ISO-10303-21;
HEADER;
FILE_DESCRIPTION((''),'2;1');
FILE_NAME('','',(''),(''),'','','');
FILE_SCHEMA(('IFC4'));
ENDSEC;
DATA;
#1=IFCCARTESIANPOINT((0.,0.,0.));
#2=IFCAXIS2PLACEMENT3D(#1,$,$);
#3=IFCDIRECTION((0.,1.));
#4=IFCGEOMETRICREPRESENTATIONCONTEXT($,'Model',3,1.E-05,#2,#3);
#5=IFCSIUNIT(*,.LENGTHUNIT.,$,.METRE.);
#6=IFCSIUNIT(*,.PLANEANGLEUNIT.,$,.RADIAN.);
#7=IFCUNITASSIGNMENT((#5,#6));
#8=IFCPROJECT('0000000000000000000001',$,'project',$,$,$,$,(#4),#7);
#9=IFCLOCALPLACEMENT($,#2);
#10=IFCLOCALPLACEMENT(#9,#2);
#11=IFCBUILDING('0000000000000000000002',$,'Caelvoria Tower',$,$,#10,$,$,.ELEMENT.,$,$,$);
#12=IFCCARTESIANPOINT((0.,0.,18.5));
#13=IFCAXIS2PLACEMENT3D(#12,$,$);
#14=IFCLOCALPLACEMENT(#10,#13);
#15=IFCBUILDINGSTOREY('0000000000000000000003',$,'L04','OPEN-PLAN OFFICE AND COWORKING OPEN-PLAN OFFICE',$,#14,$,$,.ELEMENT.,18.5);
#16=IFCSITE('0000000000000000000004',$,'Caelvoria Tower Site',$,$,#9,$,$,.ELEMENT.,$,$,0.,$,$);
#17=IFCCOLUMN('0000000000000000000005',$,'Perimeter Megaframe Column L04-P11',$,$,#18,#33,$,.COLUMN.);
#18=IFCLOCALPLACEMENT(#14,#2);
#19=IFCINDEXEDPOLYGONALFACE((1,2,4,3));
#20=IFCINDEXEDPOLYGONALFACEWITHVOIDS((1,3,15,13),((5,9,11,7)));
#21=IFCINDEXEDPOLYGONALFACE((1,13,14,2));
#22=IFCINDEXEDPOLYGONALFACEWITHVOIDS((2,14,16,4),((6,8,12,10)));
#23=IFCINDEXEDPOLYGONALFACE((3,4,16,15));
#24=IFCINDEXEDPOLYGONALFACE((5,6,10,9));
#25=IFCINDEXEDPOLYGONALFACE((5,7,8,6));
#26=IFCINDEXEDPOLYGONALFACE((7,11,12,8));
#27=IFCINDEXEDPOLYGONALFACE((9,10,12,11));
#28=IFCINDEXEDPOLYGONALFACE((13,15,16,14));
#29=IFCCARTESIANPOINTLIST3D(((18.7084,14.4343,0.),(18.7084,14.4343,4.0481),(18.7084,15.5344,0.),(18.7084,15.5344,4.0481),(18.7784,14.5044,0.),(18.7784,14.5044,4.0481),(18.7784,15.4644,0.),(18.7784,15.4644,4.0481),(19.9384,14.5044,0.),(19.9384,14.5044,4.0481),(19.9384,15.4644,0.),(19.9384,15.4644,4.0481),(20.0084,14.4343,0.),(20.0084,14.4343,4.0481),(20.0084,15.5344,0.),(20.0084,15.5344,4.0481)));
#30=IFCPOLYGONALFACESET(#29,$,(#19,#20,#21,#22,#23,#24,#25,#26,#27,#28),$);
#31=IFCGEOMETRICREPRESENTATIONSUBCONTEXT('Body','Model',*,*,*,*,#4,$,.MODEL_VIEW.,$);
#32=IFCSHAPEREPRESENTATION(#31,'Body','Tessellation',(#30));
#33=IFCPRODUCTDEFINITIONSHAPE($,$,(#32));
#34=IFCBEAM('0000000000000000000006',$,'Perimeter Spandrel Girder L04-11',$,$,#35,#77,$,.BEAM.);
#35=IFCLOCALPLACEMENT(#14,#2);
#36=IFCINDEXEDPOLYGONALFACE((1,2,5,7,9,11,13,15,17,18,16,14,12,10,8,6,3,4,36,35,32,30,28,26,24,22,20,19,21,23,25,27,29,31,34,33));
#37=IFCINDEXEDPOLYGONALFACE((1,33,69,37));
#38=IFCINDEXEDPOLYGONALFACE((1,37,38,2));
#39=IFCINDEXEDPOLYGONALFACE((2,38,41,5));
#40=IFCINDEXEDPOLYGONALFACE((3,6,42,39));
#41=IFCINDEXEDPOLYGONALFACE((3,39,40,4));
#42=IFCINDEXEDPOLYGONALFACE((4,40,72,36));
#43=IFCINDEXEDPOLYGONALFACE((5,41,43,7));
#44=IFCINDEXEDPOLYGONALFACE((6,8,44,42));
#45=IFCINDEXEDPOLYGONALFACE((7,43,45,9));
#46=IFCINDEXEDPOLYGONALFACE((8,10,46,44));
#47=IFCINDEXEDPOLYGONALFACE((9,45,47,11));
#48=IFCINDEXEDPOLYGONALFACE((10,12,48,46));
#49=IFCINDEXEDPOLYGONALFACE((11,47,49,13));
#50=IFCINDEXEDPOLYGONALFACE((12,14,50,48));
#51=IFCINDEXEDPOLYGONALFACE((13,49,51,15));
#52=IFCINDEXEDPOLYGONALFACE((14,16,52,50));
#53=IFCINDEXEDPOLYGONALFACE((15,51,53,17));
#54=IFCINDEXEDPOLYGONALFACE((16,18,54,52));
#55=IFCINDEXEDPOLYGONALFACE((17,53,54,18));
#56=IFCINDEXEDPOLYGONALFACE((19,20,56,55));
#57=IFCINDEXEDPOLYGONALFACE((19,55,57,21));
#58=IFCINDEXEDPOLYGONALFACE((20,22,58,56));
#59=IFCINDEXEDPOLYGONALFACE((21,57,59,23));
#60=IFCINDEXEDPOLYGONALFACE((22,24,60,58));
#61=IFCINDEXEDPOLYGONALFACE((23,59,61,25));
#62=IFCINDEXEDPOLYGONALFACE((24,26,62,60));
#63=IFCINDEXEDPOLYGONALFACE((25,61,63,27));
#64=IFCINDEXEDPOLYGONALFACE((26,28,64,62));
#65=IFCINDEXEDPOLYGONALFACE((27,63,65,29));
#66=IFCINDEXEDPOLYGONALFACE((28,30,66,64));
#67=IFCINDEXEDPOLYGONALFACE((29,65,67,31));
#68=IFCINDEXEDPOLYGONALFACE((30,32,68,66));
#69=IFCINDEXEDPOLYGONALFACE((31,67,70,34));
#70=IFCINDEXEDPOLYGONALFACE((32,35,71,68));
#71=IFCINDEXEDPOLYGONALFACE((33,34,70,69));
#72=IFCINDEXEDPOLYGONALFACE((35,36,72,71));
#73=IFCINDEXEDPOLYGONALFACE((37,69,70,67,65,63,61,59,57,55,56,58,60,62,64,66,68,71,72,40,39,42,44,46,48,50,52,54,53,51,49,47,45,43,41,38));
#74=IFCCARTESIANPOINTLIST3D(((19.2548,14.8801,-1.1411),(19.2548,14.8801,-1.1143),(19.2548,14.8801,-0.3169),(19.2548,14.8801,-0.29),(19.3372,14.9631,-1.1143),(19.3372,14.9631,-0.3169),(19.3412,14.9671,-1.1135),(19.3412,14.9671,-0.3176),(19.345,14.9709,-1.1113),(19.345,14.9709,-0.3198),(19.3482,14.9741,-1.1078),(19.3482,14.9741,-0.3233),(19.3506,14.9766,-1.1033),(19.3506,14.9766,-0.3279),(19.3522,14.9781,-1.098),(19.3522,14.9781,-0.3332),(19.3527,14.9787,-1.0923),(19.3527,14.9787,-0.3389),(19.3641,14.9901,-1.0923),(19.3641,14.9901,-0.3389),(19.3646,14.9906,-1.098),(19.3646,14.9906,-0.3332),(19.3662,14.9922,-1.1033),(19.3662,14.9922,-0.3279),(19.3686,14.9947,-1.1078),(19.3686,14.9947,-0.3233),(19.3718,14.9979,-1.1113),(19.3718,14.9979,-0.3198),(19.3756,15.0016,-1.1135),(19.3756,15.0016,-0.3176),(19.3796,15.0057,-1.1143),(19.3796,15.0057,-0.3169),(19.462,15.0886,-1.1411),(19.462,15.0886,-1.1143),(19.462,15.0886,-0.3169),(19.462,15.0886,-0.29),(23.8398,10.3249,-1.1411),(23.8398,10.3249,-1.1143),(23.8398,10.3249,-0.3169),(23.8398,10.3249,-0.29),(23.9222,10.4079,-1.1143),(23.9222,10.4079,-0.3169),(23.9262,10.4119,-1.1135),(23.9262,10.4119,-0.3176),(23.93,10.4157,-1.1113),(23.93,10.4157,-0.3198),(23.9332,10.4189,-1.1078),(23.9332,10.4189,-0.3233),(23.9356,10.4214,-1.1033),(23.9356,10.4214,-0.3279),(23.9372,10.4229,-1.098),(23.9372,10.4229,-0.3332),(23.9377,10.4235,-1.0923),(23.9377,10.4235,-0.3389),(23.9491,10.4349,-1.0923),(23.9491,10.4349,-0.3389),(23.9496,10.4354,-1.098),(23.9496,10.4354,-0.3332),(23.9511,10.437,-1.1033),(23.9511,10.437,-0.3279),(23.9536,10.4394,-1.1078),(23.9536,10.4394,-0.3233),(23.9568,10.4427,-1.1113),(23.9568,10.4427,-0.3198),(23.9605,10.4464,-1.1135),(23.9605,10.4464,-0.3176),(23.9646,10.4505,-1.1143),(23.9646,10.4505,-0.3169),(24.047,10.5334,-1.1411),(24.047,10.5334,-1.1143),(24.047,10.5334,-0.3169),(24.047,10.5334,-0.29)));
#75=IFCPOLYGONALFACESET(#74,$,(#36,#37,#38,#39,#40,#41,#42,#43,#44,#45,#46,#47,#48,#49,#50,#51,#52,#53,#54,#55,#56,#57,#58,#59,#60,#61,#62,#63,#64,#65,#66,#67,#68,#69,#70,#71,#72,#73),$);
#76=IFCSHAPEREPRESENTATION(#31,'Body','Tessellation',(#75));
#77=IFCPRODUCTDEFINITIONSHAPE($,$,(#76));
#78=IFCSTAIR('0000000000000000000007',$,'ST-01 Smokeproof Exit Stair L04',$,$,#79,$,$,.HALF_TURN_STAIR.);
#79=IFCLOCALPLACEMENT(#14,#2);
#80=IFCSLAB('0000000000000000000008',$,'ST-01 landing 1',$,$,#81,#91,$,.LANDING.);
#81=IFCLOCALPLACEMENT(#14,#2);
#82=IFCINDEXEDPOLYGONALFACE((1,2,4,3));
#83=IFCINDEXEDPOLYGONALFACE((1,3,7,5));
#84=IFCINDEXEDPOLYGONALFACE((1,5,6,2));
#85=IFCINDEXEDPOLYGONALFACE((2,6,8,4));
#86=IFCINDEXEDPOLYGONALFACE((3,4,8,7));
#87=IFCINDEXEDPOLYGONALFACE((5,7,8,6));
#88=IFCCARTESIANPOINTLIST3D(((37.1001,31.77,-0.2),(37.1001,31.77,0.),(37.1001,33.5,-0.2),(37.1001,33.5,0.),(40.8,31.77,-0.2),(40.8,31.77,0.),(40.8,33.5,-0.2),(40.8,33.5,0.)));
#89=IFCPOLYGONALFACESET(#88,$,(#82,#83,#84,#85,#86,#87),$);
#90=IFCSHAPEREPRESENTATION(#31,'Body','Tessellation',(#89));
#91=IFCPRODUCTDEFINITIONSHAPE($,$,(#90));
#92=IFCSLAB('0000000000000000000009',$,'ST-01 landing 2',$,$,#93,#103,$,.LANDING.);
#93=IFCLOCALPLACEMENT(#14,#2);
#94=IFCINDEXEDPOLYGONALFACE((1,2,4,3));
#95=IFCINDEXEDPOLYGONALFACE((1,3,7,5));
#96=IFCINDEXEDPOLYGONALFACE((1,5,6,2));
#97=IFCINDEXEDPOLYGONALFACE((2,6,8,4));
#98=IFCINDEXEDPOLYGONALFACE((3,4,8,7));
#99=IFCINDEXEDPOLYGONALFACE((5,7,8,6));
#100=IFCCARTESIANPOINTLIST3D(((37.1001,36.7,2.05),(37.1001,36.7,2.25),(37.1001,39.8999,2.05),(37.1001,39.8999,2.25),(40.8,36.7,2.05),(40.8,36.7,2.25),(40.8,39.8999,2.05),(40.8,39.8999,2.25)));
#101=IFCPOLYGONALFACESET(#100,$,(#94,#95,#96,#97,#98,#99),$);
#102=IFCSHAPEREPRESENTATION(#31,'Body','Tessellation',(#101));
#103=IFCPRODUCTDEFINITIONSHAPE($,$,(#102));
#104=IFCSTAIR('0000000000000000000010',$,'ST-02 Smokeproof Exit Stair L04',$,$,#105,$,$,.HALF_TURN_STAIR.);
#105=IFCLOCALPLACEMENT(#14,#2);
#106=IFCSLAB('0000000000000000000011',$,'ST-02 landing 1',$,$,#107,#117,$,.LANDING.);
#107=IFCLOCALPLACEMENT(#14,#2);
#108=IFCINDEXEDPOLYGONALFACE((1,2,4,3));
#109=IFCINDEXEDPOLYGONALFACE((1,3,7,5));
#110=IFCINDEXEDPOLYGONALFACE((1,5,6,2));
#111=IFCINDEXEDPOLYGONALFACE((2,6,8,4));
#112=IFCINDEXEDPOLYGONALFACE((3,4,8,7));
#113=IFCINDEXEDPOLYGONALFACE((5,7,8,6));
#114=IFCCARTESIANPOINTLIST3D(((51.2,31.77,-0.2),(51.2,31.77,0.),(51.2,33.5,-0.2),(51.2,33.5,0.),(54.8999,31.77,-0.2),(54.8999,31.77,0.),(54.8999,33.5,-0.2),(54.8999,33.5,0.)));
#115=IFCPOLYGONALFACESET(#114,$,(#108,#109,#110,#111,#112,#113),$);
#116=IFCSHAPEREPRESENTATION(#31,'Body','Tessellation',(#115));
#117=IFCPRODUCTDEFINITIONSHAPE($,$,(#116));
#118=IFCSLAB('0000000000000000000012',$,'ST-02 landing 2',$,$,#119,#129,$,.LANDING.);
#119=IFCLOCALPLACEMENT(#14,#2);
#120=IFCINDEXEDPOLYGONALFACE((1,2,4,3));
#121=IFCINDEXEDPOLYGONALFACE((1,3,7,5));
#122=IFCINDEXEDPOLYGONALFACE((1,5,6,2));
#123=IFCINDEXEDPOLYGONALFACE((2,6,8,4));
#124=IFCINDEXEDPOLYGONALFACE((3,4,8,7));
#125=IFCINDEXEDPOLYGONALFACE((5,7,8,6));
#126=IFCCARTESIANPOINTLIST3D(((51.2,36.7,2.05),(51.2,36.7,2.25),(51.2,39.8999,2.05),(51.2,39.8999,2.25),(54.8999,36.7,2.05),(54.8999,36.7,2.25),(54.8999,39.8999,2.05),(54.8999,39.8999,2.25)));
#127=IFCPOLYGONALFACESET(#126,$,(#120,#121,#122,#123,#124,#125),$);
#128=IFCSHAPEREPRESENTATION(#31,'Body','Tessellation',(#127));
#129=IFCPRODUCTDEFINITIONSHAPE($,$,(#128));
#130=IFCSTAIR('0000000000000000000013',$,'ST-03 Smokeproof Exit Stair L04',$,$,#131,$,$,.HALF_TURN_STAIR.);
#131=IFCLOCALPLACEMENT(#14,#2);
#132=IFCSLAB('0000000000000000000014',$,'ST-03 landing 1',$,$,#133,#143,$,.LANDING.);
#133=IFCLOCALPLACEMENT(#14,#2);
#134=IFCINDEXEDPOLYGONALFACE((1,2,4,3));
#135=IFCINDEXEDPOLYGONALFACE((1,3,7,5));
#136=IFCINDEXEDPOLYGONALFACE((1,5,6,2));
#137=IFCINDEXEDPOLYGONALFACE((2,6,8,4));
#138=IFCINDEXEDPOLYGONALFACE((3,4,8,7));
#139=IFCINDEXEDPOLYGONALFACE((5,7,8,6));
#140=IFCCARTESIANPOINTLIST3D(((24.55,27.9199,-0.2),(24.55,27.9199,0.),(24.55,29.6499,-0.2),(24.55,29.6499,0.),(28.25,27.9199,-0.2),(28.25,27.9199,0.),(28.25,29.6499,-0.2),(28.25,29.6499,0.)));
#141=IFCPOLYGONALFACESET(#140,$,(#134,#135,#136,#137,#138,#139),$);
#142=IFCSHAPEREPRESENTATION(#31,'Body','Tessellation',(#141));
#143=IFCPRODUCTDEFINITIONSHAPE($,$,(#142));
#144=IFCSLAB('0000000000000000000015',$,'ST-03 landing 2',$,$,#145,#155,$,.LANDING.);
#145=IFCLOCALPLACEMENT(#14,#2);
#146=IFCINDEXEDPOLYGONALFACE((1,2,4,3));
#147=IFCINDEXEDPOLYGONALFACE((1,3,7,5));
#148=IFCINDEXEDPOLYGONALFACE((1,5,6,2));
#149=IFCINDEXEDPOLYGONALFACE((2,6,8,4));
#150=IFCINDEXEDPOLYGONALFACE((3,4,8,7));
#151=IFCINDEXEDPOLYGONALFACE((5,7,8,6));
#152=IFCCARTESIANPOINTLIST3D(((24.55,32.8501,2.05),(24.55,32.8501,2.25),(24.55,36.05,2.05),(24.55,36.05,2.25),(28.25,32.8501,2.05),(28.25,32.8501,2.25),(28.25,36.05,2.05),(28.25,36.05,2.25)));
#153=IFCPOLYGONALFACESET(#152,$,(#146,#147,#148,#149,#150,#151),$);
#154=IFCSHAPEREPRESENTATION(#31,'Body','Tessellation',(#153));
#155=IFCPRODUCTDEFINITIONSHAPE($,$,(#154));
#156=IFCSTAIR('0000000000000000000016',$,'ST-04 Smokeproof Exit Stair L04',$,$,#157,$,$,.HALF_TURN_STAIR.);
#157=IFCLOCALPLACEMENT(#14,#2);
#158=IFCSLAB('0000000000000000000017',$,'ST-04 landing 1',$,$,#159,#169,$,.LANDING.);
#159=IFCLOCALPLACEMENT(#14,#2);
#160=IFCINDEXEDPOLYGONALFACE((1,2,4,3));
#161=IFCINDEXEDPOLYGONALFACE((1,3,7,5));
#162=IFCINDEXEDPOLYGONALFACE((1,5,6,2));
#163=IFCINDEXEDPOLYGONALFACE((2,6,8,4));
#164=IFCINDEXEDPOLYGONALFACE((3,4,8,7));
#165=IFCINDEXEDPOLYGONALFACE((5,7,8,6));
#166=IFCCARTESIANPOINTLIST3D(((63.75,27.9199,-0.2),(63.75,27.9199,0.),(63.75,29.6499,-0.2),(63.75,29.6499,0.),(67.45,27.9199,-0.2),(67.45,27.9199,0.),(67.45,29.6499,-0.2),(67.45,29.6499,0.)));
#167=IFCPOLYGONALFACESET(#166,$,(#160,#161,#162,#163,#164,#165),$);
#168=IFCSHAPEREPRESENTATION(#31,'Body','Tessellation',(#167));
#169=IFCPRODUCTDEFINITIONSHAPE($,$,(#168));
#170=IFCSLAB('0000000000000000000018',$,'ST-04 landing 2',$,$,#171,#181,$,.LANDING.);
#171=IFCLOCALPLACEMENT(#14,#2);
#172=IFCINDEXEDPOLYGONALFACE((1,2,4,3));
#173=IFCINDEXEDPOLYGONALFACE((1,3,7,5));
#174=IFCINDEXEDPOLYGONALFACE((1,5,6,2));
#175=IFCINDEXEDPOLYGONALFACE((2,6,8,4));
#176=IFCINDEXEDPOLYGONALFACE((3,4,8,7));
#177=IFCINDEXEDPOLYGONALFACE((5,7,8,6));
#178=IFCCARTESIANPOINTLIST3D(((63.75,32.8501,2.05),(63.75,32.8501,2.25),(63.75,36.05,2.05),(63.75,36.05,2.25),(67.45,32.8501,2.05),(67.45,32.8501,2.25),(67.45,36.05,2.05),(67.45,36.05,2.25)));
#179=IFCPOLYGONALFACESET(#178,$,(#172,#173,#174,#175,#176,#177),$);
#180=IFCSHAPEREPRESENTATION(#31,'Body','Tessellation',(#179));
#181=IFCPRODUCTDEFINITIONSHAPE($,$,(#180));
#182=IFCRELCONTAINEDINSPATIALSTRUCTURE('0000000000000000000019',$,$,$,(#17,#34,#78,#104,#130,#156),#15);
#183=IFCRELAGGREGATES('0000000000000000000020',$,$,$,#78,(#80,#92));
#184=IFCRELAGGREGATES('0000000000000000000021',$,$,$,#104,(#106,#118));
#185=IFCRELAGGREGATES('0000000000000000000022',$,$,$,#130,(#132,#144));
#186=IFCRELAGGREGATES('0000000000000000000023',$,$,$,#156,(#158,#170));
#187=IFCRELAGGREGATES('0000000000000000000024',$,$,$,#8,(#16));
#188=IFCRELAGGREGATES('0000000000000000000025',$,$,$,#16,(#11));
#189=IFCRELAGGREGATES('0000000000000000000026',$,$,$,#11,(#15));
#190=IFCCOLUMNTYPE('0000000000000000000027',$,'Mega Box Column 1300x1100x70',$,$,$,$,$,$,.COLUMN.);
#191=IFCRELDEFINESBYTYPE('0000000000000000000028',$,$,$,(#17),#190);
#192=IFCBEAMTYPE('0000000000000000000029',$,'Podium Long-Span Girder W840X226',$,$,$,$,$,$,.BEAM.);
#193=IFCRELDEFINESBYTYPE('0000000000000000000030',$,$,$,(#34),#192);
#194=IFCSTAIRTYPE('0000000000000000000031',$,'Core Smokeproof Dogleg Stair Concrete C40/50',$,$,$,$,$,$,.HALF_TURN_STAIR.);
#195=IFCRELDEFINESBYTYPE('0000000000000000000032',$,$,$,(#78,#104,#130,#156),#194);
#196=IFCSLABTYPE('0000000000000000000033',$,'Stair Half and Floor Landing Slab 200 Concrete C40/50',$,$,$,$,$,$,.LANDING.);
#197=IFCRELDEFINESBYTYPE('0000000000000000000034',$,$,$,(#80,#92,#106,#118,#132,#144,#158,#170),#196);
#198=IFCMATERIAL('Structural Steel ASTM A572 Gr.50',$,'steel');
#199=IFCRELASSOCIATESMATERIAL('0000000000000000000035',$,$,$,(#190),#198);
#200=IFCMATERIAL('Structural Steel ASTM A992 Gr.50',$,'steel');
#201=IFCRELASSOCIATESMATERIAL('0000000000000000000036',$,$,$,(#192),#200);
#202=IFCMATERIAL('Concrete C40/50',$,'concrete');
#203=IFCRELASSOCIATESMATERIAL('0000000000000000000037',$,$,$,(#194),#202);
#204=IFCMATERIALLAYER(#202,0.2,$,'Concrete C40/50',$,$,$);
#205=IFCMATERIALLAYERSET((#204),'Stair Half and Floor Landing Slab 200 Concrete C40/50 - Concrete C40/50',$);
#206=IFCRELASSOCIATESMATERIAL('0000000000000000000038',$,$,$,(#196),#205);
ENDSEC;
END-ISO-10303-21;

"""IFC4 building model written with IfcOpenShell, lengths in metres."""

from ifc_helpers import new_model, si_unit, direction, frame, origin, origin_2d, place, context, subcontext, project, spatial, polyline, hollow_rectangle, i_section, outline, extrude, material, layer, layer_set, material_profile, profile_set, type_object, element, aggregate, save


model = new_model("IFC4")

# Units and contexts
model_context = context("Model", 3, precision=1e-05, world=origin(), true_north=direction((0.0, 1.0)))
body_context = subcontext(model_context, "Body", "Model", "MODEL_VIEW")
ifc_project = project(units=[si_unit("LENGTHUNIT", "METRE"), si_unit("PLANEANGLEUNIT", "RADIAN")], contexts=[model_context])

# Site, building, storey
site_placement = place(None, origin())
site = spatial("IfcSite", under=ifc_project, at=site_placement, Name="Caelvoria Tower Site", CompositionType="ELEMENT", RefElevation=0.0)
building_placement = place(site_placement, origin())
building = spatial("IfcBuilding", under=site, at=building_placement, Name="Caelvoria Tower", CompositionType="ELEMENT")
storey_placement = place(building_placement, frame((0.0, 0.0, 18.5)))
storey = spatial("IfcBuildingStorey", under=building, at=storey_placement, Name="L04", Description="OPEN-PLAN OFFICE AND COWORKING OPEN-PLAN OFFICE", CompositionType="ELEMENT", Elevation=18.5)

# Column
ifc_material_1 = material(Name="Structural Steel ASTM A572 Gr.50", Category="steel")
ifc_material_profile_1 = material_profile(ifc_material_1, hollow_rectangle(XDim=1.1001, YDim=1.3, WallThickness=0.0701, at=origin_2d()), Name="Structural Steel ASTM A572 Gr.50")
ifc_profile_set_1 = profile_set([ifc_material_profile_1], Name="BOX1300X1100X70 - Structural Steel ASTM A572 Gr.50")
column_type = type_object("IfcColumnType", Name="Mega Box Column 1300x1100x70", PredefinedType="COLUMN", material=ifc_profile_set_1)
column_placement = place(storey_placement, frame((19.3584, 14.9844, 0.0), z_axis=(0.0, 0.0, 1.0), x_axis=(0.0, 1.0, 0.0)))
element("IfcColumn", 1, at=column_placement, inside=storey, type_object=column_type, Name="Perimeter Megaframe Column L04-P11", PredefinedType="COLUMN", context=body_context, shape_type="SweptSolid", body=[
    extrude(hollow_rectangle(XDim=1.1001, YDim=1.3, WallThickness=0.0701, at=origin_2d()), origin(), (0.0, 0.0, 1.0), 4.0481),
])

# Beam
ifc_material_2 = material(Name="Structural Steel ASTM A992 Gr.50", Category="steel")
ifc_material_profile_2 = material_profile(ifc_material_2, i_section(OverallWidth=0.2939, OverallDepth=0.8511, WebThickness=0.0161, FlangeThickness=0.0269, FilletRadius=0.022, at=origin_2d()), Name="Structural Steel ASTM A992 Gr.50")
ifc_profile_set_2 = profile_set([ifc_material_profile_2], Name="W840X226 - Structural Steel ASTM A992 Gr.50")
beam_type = type_object("IfcBeamType", Name="Podium Long-Span Girder W840X226", PredefinedType="BEAM", material=ifc_profile_set_2)
beam_placement = place(storey_placement, frame((19.3584, 14.9844, -0.7156), z_axis=(0.709407, -0.704799, 0.0), x_axis=(0.704799, 0.709407, 0.0)))
element("IfcBeam", 2, at=beam_placement, inside=storey, type_object=beam_type, Name="Perimeter Spandrel Girder L04-11", PredefinedType="BEAM", context=body_context, shape_type="SweptSolid", body=[
    extrude(i_section(OverallWidth=0.2939, OverallDepth=0.8511, WebThickness=0.0161, FlangeThickness=0.0269, FilletRadius=0.022, at=origin_2d()), origin(), (0.0, 0.0, 1.0), 6.4631),
])

# Stairs, slabs
ifc_material_3 = material(Name="Concrete C40/50", Category="concrete")
stair_type = type_object("IfcStairType", Name="Core Smokeproof Dogleg Stair Concrete C40/50", PredefinedType="HALF_TURN_STAIR", material=ifc_material_3)
stair_1_placement = place(storey_placement, origin())
stair_1 = element("IfcStair", 3, at=stair_1_placement, inside=storey, type_object=stair_type, Name="ST-01 Smokeproof Exit Stair L04", PredefinedType="HALF_TURN_STAIR")
ifc_layer_1 = layer(ifc_material_3, 0.2, Name="Concrete C40/50")
ifc_layer_set_1 = layer_set([ifc_layer_1], Name="Stair Half and Floor Landing Slab 200 Concrete C40/50 - Concrete C40/50")
slab_type_1 = type_object("IfcSlabType", Name="Stair Half and Floor Landing Slab 200 Concrete C40/50", PredefinedType="LANDING", material=ifc_layer_set_1)
slab_1_placement = place(storey_placement, frame((0.0, 0.0, -0.2)))
slab_1 = element("IfcSlab", 4, at=slab_1_placement, type_object=slab_type_1, Name="ST-01 landing 1", PredefinedType="LANDING", context=body_context, shape_type="SweptSolid", body=[
    extrude(outline(polyline([(37.1001, 31.77), (40.8, 31.77), (40.8, 33.5), (37.1001, 33.5), (37.1001, 31.77)])), origin(), (0.0, 0.0, 1.0), 0.2),
])
slab_2_placement = place(storey_placement, frame((0.0, 0.0, 2.05)))
slab_2 = element("IfcSlab", 5, at=slab_2_placement, type_object=slab_type_1, Name="ST-01 landing 2", PredefinedType="LANDING", context=body_context, shape_type="SweptSolid", body=[
    extrude(outline(polyline([(37.1001, 36.7), (40.8, 36.7), (40.8, 39.8999), (37.1001, 39.8999), (37.1001, 36.7)])), origin(), (0.0, 0.0, 1.0), 0.2),
])
aggregate(stair_1, [slab_1, slab_2])
stair_2_placement = place(storey_placement, origin())
stair_2 = element("IfcStair", 6, at=stair_2_placement, inside=storey, type_object=stair_type, Name="ST-02 Smokeproof Exit Stair L04", PredefinedType="HALF_TURN_STAIR")
slab_3_placement = place(storey_placement, frame((0.0, 0.0, -0.2)))
slab_3 = element("IfcSlab", 7, at=slab_3_placement, type_object=slab_type_1, Name="ST-02 landing 1", PredefinedType="LANDING", context=body_context, shape_type="SweptSolid", body=[
    extrude(outline(polyline([(51.2, 31.77), (54.8999, 31.77), (54.8999, 33.5), (51.2, 33.5), (51.2, 31.77)])), origin(), (0.0, 0.0, 1.0), 0.2),
])
slab_4_placement = place(storey_placement, frame((0.0, 0.0, 2.05)))
slab_4 = element("IfcSlab", 8, at=slab_4_placement, type_object=slab_type_1, Name="ST-02 landing 2", PredefinedType="LANDING", context=body_context, shape_type="SweptSolid", body=[
    extrude(outline(polyline([(51.2, 36.7), (54.8999, 36.7), (54.8999, 39.8999), (51.2, 39.8999), (51.2, 36.7)])), origin(), (0.0, 0.0, 1.0), 0.2),
])
aggregate(stair_2, [slab_3, slab_4])
stair_3_placement = place(storey_placement, origin())
stair_3 = element("IfcStair", 9, at=stair_3_placement, inside=storey, type_object=stair_type, Name="ST-03 Smokeproof Exit Stair L04", PredefinedType="HALF_TURN_STAIR")
slab_5_placement = place(storey_placement, frame((0.0, 0.0, -0.2)))
slab_5 = element("IfcSlab", 10, at=slab_5_placement, type_object=slab_type_1, Name="ST-03 landing 1", PredefinedType="LANDING", context=body_context, shape_type="SweptSolid", body=[
    extrude(outline(polyline([(24.55, 27.9199), (28.25, 27.9199), (28.25, 29.6499), (24.55, 29.6499), (24.55, 27.9199)])), origin(), (0.0, 0.0, 1.0), 0.2),
])
slab_6_placement = place(storey_placement, frame((0.0, 0.0, 2.05)))
slab_6 = element("IfcSlab", 11, at=slab_6_placement, type_object=slab_type_1, Name="ST-03 landing 2", PredefinedType="LANDING", context=body_context, shape_type="SweptSolid", body=[
    extrude(outline(polyline([(24.55, 32.8501), (28.25, 32.8501), (28.25, 36.05), (24.55, 36.05), (24.55, 32.8501)])), origin(), (0.0, 0.0, 1.0), 0.2),
])
aggregate(stair_3, [slab_5, slab_6])
stair_4_placement = place(storey_placement, origin())
stair_4 = element("IfcStair", 12, at=stair_4_placement, inside=storey, type_object=stair_type, Name="ST-04 Smokeproof Exit Stair L04", PredefinedType="HALF_TURN_STAIR")
slab_7_placement = place(storey_placement, frame((0.0, 0.0, -0.2)))
slab_7 = element("IfcSlab", 13, at=slab_7_placement, type_object=slab_type_1, Name="ST-04 landing 1", PredefinedType="LANDING", context=body_context, shape_type="SweptSolid", body=[
    extrude(outline(polyline([(63.75, 27.9199), (67.45, 27.9199), (67.45, 29.6499), (63.75, 29.6499), (63.75, 27.9199)])), origin(), (0.0, 0.0, 1.0), 0.2),
])
slab_8_placement = place(storey_placement, frame((0.0, 0.0, 2.05)))
slab_8 = element("IfcSlab", 14, at=slab_8_placement, type_object=slab_type_1, Name="ST-04 landing 2", PredefinedType="LANDING", context=body_context, shape_type="SweptSolid", body=[
    extrude(outline(polyline([(63.75, 32.8501), (67.45, 32.8501), (67.45, 36.05), (63.75, 36.05), (63.75, 32.8501)])), origin(), (0.0, 0.0, 1.0), 0.2),
])
aggregate(stair_4, [slab_7, slab_8])

save(model, "model.ifc")
